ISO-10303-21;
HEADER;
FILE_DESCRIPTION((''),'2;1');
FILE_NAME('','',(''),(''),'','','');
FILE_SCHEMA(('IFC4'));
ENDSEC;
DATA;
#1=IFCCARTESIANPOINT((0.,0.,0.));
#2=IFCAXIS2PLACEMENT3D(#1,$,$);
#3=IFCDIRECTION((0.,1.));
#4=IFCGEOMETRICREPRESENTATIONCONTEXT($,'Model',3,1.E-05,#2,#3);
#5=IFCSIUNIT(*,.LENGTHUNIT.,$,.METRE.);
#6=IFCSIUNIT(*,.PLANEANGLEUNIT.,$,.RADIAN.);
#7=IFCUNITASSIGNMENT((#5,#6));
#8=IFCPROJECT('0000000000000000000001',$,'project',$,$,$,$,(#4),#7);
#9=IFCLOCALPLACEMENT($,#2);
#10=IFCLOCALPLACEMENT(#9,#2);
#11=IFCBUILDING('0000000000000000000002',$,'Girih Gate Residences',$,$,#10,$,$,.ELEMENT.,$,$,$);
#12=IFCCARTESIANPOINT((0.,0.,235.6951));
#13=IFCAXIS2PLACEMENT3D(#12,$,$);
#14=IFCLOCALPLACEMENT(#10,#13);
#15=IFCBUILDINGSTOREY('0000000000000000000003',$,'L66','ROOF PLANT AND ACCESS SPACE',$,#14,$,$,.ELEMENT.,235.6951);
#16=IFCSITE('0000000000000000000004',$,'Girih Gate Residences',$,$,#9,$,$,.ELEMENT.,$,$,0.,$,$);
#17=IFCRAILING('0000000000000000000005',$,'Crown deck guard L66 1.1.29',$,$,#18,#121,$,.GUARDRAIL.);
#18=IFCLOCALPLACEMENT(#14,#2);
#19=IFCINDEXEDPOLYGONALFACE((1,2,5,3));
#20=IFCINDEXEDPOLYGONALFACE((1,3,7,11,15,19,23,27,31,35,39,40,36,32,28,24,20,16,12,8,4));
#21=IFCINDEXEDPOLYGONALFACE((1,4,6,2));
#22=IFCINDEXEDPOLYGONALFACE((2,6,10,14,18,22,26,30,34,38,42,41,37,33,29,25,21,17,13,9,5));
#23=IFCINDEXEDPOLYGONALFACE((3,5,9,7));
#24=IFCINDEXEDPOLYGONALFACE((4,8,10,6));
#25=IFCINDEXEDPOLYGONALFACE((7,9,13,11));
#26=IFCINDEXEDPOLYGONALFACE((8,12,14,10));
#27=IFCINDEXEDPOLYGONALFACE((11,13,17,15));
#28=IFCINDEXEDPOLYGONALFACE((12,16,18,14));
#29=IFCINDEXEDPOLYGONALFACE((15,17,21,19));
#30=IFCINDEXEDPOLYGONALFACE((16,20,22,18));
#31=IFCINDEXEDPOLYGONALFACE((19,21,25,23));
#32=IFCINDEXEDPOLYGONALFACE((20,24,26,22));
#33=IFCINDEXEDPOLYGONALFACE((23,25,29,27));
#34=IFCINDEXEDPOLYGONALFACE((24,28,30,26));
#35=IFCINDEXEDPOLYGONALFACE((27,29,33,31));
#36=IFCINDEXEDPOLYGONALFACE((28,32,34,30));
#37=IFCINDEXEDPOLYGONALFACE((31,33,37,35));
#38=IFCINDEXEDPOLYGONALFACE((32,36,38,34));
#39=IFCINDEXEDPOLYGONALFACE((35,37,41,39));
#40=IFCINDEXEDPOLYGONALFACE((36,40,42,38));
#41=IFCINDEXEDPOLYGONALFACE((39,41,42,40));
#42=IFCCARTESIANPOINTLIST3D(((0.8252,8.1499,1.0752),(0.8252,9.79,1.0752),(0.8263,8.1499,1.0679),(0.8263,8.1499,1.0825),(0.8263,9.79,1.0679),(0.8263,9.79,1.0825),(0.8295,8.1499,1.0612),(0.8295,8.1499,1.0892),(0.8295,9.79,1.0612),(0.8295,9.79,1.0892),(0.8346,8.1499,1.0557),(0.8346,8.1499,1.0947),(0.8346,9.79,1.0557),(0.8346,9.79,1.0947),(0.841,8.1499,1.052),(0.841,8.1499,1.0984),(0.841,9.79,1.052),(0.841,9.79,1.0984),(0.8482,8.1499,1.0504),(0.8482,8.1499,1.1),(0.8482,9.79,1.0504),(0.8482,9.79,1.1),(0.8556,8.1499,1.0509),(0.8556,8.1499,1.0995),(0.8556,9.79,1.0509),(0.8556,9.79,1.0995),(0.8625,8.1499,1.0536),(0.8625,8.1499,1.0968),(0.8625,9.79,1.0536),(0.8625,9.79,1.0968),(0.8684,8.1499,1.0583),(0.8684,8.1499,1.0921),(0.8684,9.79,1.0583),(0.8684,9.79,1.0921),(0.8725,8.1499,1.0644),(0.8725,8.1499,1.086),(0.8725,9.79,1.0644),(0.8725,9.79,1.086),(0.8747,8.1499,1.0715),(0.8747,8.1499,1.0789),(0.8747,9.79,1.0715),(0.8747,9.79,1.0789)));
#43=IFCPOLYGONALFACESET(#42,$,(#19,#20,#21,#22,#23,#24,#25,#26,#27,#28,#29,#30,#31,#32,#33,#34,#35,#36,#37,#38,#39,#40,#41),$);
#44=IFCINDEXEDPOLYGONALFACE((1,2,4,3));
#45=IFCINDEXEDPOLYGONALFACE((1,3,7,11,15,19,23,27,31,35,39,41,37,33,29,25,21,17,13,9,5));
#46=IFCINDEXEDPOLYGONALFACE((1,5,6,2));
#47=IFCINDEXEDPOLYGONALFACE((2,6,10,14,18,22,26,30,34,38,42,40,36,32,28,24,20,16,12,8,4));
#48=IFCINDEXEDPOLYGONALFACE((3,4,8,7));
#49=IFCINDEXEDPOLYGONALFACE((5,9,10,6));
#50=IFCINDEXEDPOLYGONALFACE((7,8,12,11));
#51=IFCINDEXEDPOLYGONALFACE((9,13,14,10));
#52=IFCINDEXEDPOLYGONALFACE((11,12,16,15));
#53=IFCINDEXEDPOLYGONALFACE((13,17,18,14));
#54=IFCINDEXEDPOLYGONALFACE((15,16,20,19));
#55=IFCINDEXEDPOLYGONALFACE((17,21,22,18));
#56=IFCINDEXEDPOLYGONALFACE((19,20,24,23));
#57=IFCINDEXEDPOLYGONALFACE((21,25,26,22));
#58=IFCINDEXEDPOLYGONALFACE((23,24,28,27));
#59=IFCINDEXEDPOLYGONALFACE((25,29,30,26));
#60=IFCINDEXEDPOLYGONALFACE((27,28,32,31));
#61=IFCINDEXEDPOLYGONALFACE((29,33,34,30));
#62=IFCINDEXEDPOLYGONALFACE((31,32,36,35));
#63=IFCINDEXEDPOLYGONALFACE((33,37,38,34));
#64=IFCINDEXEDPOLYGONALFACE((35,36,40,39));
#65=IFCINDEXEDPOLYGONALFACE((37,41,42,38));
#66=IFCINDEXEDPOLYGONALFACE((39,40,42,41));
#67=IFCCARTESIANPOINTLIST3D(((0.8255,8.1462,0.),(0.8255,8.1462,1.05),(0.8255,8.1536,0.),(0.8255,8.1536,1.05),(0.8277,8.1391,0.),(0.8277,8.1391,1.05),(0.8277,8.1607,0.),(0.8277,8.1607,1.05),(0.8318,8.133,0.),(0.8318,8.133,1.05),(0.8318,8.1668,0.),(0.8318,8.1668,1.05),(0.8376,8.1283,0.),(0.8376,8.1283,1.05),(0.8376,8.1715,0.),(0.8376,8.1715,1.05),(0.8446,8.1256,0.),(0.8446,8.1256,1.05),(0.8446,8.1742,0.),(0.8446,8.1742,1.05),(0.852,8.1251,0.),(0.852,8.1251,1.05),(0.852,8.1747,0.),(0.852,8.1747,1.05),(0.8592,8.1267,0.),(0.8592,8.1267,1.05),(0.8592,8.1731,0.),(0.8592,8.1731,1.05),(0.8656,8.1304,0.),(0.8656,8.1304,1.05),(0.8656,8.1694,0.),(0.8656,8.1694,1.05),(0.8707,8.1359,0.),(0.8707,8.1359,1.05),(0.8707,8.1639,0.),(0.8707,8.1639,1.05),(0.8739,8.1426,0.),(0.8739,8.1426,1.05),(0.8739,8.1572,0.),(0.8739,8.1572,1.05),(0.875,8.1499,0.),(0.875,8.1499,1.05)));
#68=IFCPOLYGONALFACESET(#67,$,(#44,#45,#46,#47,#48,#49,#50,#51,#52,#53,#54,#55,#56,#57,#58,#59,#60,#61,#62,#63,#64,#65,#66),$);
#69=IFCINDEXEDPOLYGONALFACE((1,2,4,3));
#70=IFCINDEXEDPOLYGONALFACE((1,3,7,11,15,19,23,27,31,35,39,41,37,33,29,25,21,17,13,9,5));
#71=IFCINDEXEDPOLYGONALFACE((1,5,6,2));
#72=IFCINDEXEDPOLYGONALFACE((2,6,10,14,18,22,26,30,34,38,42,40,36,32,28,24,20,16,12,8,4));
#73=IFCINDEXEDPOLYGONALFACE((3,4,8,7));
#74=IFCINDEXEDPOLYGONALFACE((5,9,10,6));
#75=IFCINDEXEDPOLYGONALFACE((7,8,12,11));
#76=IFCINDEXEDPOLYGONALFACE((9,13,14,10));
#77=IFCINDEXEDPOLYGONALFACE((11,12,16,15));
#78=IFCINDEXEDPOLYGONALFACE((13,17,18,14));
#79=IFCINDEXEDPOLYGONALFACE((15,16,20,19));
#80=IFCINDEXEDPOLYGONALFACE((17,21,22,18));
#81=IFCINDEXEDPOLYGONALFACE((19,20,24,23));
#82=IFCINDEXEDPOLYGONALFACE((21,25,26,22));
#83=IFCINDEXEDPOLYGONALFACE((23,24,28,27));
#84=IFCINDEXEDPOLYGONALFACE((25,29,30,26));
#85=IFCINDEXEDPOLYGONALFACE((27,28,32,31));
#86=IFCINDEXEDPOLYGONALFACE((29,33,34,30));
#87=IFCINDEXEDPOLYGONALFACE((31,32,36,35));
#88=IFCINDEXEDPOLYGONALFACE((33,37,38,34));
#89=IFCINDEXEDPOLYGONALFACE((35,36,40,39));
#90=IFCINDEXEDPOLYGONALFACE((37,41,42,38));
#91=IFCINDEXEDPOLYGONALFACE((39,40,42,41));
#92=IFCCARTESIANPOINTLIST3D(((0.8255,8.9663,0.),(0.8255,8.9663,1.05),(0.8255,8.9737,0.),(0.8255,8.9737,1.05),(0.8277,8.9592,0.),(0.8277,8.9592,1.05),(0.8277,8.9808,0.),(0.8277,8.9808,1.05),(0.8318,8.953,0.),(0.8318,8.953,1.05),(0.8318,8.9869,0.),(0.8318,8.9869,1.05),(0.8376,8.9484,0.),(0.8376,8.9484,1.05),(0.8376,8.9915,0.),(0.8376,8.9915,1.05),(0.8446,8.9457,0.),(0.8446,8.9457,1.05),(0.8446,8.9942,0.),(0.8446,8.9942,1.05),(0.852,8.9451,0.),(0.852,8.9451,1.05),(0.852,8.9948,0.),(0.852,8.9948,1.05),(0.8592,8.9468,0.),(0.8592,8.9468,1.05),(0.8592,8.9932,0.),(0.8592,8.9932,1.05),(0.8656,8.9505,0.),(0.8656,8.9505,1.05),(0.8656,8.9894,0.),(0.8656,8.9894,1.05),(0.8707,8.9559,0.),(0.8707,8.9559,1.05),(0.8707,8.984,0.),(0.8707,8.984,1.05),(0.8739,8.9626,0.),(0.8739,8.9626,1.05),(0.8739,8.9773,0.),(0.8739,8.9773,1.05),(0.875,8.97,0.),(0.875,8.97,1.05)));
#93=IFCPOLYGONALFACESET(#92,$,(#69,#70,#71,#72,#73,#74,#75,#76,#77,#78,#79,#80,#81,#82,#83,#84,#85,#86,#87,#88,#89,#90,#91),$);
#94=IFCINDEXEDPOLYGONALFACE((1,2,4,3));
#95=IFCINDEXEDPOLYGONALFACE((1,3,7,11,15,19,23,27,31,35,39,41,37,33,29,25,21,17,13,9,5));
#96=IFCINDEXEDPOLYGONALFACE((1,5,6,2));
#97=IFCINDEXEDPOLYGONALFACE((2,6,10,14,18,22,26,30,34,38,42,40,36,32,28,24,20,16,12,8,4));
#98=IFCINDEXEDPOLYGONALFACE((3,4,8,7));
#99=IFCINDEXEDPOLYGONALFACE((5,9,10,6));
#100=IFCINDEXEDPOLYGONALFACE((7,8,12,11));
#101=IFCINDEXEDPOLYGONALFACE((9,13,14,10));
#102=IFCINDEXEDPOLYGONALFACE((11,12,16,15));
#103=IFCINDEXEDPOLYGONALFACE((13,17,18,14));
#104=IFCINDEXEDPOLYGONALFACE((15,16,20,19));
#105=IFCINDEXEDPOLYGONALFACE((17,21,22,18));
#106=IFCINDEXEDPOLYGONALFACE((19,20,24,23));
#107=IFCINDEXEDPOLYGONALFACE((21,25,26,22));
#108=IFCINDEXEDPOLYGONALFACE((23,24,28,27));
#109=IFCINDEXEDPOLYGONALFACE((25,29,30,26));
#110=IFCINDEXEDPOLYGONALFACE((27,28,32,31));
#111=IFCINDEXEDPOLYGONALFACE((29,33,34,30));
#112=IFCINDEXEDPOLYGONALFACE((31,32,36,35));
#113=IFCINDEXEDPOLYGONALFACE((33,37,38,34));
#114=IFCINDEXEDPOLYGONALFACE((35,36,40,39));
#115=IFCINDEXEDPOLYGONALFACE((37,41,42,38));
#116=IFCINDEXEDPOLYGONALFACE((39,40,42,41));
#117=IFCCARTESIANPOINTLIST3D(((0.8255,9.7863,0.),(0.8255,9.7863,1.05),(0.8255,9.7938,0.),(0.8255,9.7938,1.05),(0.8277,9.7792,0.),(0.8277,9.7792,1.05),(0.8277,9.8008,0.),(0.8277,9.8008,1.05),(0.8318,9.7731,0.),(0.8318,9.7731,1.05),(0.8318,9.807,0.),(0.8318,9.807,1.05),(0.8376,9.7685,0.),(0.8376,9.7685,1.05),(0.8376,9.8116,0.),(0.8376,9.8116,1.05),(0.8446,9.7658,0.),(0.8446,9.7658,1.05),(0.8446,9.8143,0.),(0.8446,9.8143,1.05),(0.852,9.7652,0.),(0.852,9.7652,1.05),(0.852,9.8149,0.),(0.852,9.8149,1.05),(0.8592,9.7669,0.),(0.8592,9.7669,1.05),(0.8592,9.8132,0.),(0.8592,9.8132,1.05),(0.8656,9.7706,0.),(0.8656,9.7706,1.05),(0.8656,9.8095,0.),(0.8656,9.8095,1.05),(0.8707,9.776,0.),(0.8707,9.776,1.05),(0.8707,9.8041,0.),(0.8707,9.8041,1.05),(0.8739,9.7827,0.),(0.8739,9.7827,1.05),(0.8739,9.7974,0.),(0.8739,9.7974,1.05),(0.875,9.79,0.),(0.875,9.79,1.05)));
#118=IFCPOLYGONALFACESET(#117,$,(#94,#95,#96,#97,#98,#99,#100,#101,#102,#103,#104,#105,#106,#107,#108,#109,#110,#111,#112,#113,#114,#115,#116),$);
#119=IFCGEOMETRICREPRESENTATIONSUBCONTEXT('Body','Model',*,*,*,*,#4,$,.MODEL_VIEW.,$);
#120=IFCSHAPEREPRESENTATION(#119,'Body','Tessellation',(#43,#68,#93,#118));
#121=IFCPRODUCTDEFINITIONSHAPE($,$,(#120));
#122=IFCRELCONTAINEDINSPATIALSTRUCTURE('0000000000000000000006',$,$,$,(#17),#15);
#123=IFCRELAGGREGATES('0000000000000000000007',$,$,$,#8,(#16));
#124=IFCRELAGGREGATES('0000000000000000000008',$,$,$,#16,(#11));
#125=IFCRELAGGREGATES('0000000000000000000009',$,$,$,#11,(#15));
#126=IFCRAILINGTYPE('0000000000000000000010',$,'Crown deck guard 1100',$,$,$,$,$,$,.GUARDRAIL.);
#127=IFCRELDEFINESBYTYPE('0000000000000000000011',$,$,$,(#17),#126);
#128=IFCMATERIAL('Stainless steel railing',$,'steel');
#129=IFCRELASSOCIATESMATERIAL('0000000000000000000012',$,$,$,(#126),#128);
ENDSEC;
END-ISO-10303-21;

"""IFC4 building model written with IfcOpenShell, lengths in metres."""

from ifc_helpers import new_model, si_unit, direction, frame, origin, origin_2d, place, context, subcontext, project, spatial, circle, extrude, material, type_object, element, save


model = new_model("IFC4")

# Units and contexts
model_context = context("Model", 3, precision=1e-05, world=origin(), true_north=direction((0.0, 1.0)))
body_context = subcontext(model_context, "Body", "Model", "MODEL_VIEW")
ifc_project = project(units=[si_unit("LENGTHUNIT", "METRE"), si_unit("PLANEANGLEUNIT", "RADIAN")], contexts=[model_context])

# Site, building, storey
site_placement = place(None, origin())
site = spatial("IfcSite", under=ifc_project, at=site_placement, Name="Girih Gate Residences", CompositionType="ELEMENT", RefElevation=0.0)
building_placement = place(site_placement, origin())
building = spatial("IfcBuilding", under=site, at=building_placement, Name="Girih Gate Residences", CompositionType="ELEMENT")
storey_placement = place(building_placement, frame((0.0, 0.0, 235.6951)))
storey = spatial("IfcBuildingStorey", under=building, at=storey_placement, Name="L66", Description="ROOF PLANT AND ACCESS SPACE", CompositionType="ELEMENT", Elevation=235.6951)

# Railing
ifc_material_1 = material(Name="Stainless steel railing", Category="steel")
railing_type = type_object("IfcRailingType", Name="Crown deck guard 1100", PredefinedType="GUARDRAIL", material=ifc_material_1)
railing_1_placement = place(storey_placement, frame((0.8501, 8.1499, 0.0)))
element("IfcRailing", 1, at=railing_1_placement, inside=storey, type_object=railing_type, Name="Crown deck guard L66 1.1.29", PredefinedType="GUARDRAIL", context=body_context, shape_type="SweptSolid", body=[
    extrude(circle(Radius=0.0249, at=origin_2d()), frame((0.0, 0.0, 1.0752), z_axis=(0.0, 1.0, 0.0), x_axis=(-1.0, 0.0, 0.0)), (0.0, 0.0, 1.0), 1.6401),
    extrude(circle(Radius=0.0249, at=origin_2d()), origin(), (0.0, 0.0, 1.0), 1.05),
    extrude(circle(Radius=0.0249, at=origin_2d()), frame((0.0, 0.8201, 0.0)), (0.0, 0.0, 1.0), 1.05),
    extrude(circle(Radius=0.0249, at=origin_2d()), frame((0.0, 1.6401, 0.0)), (0.0, 0.0, 1.0), 1.05),
])

save(model, "model.ifc")
